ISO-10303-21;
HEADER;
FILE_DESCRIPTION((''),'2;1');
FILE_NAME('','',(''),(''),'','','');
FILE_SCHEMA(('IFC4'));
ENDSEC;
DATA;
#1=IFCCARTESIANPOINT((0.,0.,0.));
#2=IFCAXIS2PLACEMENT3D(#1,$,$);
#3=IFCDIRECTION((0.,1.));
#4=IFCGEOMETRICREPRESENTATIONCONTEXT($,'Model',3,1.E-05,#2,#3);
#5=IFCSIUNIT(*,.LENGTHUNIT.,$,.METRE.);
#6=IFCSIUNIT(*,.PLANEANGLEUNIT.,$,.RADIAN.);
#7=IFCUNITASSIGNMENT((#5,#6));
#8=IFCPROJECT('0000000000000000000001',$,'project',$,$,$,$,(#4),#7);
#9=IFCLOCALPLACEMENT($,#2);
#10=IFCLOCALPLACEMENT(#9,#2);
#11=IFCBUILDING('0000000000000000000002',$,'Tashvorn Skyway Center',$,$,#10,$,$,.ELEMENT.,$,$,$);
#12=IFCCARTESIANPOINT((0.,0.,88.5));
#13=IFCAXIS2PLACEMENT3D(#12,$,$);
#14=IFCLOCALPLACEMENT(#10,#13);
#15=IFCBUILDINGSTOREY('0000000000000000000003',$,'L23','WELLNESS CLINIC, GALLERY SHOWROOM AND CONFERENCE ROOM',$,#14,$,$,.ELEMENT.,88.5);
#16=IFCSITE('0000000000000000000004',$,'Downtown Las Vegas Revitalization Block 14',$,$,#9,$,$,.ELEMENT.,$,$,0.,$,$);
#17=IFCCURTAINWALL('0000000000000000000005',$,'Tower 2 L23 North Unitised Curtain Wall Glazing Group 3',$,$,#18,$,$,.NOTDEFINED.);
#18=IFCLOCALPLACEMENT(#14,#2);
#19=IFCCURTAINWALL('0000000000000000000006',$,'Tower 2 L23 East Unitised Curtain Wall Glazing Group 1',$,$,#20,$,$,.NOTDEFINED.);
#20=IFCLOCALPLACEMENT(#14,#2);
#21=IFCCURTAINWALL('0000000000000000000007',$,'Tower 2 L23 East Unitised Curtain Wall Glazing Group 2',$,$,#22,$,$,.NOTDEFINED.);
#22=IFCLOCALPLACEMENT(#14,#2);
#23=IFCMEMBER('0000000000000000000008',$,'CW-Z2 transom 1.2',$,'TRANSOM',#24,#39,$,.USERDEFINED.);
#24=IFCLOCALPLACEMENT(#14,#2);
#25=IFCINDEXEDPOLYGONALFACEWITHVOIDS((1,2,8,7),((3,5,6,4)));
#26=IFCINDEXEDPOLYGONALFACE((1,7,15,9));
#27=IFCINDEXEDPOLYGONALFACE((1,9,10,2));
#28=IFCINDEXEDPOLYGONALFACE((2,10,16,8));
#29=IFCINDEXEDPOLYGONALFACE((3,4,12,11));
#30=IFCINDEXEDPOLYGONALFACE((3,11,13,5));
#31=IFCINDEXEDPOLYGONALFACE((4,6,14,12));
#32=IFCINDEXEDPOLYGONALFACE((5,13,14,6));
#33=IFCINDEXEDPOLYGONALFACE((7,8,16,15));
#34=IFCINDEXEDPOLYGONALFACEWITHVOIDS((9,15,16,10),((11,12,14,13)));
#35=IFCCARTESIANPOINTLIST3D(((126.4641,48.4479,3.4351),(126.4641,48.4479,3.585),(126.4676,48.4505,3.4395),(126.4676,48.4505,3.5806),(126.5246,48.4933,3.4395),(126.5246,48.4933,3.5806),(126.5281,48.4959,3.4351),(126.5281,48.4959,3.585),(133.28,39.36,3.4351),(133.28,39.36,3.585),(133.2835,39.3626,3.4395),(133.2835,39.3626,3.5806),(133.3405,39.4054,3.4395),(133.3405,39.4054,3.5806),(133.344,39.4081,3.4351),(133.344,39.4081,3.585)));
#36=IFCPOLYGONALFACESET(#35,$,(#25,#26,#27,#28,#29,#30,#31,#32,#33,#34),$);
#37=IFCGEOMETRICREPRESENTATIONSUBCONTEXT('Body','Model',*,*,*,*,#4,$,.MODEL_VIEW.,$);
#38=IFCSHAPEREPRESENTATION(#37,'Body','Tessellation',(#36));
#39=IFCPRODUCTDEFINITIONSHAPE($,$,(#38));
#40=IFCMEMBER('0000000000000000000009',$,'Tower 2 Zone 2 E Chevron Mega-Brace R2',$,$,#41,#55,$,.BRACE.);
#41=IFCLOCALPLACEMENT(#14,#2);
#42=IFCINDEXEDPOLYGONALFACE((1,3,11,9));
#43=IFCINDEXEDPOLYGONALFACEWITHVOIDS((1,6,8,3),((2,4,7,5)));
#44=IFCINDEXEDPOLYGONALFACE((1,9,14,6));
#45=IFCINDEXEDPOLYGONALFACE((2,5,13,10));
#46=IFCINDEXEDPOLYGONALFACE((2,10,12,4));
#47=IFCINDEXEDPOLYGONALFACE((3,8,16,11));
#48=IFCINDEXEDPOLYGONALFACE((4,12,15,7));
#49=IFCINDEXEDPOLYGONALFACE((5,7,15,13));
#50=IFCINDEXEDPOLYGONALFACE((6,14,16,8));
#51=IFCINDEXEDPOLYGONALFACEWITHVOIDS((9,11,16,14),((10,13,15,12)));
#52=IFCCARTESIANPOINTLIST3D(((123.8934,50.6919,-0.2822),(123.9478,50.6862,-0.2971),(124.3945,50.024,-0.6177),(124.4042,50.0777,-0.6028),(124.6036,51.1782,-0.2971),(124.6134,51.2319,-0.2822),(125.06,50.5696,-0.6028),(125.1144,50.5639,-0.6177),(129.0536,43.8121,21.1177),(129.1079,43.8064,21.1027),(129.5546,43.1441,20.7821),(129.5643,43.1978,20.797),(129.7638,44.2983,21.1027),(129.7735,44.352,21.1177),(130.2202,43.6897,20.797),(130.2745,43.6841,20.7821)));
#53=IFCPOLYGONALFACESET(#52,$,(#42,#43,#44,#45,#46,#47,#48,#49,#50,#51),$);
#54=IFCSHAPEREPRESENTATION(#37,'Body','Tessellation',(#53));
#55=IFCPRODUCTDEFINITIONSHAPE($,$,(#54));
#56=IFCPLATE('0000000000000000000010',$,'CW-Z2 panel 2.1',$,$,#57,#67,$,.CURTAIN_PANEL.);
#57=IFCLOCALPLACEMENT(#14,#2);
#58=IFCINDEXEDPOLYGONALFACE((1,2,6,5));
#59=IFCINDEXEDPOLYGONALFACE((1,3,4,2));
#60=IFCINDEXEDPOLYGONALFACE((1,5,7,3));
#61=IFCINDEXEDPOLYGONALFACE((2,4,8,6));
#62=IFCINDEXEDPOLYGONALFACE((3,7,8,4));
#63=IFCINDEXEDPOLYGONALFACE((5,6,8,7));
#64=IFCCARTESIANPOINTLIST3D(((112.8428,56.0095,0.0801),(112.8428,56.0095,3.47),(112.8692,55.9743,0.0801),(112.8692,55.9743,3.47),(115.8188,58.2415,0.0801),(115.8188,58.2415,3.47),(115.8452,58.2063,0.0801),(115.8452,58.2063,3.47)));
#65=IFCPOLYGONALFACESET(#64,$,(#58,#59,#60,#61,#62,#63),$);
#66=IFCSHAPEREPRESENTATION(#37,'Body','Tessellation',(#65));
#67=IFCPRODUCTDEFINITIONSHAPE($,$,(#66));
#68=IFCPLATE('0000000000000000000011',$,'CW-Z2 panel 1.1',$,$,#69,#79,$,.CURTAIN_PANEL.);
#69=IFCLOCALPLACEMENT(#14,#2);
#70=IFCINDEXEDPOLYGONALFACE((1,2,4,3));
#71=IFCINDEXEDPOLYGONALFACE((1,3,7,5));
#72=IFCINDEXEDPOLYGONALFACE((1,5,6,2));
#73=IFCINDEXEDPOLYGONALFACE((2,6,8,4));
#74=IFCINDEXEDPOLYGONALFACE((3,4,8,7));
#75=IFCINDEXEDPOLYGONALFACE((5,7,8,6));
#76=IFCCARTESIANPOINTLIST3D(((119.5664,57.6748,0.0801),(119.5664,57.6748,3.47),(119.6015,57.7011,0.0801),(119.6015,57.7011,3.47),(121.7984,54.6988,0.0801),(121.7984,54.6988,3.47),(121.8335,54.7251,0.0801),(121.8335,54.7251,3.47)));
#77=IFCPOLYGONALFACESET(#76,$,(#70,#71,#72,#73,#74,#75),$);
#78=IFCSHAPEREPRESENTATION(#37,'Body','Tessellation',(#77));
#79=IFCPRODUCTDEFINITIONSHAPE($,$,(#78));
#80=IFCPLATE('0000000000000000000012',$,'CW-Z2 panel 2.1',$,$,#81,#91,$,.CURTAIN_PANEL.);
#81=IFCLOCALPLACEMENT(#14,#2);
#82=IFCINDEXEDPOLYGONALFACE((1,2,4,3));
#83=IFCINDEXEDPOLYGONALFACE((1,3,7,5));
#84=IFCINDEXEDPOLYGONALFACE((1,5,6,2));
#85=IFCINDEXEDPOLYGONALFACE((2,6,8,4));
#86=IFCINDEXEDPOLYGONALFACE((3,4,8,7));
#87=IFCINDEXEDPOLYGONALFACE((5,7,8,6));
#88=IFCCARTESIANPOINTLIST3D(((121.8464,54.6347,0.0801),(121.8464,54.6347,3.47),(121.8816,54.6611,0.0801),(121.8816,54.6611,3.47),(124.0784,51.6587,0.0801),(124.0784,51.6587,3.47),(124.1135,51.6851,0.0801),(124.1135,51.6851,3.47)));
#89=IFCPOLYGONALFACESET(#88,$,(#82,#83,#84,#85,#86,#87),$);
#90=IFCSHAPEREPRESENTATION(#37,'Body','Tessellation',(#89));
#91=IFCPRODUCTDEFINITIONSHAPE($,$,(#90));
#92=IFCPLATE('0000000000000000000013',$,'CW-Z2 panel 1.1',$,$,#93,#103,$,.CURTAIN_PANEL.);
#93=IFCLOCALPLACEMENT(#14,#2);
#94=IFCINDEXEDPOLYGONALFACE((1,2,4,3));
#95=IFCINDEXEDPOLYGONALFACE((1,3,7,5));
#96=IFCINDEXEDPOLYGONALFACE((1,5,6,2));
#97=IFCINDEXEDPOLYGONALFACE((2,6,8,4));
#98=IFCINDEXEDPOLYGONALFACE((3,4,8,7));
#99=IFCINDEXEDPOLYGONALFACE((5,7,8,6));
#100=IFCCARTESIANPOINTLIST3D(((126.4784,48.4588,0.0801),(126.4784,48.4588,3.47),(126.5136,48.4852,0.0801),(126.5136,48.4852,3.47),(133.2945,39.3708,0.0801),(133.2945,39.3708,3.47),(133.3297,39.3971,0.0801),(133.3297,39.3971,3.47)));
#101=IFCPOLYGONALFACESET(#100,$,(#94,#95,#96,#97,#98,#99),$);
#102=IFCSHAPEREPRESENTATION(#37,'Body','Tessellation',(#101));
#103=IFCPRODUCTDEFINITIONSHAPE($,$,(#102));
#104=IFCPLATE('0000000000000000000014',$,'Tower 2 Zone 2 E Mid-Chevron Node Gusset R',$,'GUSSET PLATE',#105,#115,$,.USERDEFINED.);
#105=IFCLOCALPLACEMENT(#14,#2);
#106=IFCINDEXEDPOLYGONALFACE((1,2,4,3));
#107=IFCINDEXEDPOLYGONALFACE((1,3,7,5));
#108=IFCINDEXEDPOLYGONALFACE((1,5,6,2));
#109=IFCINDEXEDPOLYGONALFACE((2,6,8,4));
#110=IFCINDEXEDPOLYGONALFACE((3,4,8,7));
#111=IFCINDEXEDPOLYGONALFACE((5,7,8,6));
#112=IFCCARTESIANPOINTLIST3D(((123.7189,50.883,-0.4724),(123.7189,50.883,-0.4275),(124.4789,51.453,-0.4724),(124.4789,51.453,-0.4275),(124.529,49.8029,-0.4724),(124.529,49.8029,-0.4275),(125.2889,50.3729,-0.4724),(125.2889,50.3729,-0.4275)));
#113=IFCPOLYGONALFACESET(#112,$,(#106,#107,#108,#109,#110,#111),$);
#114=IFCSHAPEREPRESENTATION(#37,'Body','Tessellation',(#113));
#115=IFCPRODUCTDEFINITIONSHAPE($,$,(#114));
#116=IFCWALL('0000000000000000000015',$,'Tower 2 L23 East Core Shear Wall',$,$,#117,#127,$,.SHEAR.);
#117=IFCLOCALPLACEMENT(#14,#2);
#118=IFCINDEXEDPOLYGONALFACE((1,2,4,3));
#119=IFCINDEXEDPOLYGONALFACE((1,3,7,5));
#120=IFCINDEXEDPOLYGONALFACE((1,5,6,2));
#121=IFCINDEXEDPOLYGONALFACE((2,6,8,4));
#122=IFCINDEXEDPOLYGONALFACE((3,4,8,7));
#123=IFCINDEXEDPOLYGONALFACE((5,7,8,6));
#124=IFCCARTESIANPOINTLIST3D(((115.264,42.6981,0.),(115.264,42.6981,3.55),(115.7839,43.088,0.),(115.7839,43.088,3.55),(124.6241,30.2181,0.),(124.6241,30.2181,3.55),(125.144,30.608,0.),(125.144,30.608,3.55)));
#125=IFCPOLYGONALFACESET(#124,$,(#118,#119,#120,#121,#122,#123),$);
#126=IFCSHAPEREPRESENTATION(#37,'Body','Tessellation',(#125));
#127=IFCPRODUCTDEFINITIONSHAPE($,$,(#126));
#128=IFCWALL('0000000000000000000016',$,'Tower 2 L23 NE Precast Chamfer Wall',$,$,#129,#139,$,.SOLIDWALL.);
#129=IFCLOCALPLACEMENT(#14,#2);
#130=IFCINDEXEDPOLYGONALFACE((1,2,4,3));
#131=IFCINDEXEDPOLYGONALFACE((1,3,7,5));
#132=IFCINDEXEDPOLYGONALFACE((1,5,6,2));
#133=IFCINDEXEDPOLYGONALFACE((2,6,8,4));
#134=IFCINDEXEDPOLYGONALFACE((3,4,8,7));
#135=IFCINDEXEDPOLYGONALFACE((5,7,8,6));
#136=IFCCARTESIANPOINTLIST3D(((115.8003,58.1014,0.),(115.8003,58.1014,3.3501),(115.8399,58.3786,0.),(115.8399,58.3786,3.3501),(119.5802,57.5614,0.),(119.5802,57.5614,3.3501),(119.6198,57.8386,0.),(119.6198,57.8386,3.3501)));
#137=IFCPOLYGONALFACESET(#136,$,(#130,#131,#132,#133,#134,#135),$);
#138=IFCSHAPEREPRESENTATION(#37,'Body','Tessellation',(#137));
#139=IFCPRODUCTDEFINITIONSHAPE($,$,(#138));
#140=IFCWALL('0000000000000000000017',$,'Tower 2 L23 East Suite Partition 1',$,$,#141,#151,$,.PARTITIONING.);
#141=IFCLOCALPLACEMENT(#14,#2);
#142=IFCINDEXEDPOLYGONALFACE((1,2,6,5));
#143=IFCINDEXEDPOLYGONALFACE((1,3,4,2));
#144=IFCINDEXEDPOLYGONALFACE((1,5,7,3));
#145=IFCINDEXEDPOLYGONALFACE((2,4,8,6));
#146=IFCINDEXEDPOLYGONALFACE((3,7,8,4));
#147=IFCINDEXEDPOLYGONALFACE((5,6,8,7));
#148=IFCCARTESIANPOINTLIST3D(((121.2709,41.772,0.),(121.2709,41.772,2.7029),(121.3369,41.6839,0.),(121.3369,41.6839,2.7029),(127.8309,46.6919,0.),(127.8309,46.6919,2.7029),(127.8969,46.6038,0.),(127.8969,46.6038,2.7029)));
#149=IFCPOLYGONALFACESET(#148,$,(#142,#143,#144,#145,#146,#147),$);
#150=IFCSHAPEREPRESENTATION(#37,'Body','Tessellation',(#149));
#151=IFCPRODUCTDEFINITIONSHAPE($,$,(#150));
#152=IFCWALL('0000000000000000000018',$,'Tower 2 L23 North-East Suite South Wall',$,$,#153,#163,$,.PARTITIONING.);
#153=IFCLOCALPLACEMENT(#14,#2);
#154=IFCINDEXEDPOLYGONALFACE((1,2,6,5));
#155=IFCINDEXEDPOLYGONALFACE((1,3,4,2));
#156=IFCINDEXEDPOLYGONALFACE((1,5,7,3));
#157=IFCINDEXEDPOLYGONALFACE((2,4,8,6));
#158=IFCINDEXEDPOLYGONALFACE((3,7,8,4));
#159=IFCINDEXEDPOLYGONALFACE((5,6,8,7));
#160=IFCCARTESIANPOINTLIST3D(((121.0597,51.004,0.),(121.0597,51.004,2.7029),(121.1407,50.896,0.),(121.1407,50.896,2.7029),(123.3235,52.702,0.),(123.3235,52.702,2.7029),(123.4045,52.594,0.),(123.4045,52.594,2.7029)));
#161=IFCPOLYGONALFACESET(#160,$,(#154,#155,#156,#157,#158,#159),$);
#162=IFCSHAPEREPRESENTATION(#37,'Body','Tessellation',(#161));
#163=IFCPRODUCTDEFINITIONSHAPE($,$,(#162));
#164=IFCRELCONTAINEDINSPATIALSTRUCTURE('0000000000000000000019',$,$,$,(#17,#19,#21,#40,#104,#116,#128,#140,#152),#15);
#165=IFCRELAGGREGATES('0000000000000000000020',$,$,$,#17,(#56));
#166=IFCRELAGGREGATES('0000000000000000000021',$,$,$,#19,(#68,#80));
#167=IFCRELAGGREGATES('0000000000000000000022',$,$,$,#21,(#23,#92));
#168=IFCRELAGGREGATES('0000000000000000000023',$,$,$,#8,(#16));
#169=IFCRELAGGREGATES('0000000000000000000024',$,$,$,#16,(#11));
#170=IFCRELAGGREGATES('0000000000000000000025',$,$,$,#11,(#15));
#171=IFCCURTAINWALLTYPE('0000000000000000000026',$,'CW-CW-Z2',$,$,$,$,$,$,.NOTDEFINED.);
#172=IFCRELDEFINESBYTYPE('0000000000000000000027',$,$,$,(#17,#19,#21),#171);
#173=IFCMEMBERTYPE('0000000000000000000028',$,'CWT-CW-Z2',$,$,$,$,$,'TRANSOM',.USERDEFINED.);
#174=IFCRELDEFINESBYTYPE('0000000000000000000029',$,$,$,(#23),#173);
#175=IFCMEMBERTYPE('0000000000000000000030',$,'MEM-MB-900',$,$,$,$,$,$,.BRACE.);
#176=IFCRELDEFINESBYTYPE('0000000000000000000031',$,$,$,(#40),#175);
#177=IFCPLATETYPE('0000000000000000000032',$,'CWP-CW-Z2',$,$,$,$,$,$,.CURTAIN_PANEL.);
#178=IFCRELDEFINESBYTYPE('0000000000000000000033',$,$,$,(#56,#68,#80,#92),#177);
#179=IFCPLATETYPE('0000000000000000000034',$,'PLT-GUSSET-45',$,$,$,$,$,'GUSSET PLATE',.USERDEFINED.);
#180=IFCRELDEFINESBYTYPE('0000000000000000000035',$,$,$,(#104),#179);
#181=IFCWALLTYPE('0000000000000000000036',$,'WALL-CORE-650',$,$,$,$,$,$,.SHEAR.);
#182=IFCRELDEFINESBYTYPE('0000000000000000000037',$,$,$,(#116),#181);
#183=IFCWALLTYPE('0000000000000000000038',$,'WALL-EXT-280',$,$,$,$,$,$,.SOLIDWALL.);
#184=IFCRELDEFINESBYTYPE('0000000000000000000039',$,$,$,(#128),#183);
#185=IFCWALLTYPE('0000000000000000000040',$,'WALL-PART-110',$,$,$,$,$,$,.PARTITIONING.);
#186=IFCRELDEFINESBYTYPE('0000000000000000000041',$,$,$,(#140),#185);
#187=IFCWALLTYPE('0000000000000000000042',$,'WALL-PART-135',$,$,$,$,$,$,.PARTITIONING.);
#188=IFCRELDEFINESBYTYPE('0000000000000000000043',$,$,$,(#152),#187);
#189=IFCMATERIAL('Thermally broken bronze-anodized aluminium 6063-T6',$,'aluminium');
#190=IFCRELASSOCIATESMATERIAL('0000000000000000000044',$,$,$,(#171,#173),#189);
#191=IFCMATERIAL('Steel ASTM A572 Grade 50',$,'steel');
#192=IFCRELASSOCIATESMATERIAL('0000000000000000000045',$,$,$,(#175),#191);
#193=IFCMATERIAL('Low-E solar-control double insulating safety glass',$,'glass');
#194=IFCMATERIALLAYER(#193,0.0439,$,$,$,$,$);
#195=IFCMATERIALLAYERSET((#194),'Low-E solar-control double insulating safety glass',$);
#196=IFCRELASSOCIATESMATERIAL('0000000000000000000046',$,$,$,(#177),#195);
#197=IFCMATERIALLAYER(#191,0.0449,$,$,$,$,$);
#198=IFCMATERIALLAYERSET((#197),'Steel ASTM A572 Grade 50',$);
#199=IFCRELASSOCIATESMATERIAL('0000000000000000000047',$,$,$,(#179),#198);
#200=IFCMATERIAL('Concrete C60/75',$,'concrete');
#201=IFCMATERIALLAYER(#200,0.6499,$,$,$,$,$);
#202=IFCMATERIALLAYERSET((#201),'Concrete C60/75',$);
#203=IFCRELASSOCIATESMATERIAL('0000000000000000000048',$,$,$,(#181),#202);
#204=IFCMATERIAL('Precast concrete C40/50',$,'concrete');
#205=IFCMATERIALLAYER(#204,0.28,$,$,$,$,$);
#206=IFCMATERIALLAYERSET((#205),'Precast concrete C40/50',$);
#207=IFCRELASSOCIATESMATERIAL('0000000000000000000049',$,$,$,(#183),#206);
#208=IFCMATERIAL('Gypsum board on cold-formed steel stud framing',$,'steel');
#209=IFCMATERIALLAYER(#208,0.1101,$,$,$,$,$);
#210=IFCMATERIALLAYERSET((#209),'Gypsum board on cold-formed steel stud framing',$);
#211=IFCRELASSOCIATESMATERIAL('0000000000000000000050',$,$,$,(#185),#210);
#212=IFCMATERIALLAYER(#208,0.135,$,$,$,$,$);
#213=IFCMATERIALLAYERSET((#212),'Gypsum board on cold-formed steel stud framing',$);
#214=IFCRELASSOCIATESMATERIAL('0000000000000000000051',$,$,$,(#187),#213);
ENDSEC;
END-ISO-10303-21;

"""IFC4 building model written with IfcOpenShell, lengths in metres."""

from ifc_helpers import new_model, si_unit, direction, frame, frame_2d, origin, origin_2d, place, context, subcontext, project, spatial, rectangle, hollow_rectangle, extrude, material, layer, layer_set, material_profile, profile_set, type_object, element, aggregate, save


model = new_model("IFC4")

# Units and contexts
model_context = context("Model", 3, precision=1e-05, world=origin(), true_north=direction((0.0, 1.0)))
body_context = subcontext(model_context, "Body", "Model", "MODEL_VIEW")
ifc_project = project(units=[si_unit("LENGTHUNIT", "METRE"), si_unit("PLANEANGLEUNIT", "RADIAN")], contexts=[model_context])

# Site, building, storey
site_placement = place(None, origin())
site = spatial("IfcSite", under=ifc_project, at=site_placement, Name="Downtown Las Vegas Revitalization Block 14", CompositionType="ELEMENT", RefElevation=0.0)
building_placement = place(site_placement, origin())
building = spatial("IfcBuilding", under=site, at=building_placement, Name="Tashvorn Skyway Center", CompositionType="ELEMENT")
storey_placement = place(building_placement, frame((0.0, 0.0, 88.5)))
storey = spatial("IfcBuildingStorey", under=building, at=storey_placement, Name="L23", Description="WELLNESS CLINIC, GALLERY SHOWROOM AND CONFERENCE ROOM", CompositionType="ELEMENT", Elevation=88.5)

# Shared definitions
ifc_material_1 = material(Name="Steel ASTM A572 Grade 50", Category="steel")

# Curtain walls
ifc_material_2 = material(Name="Thermally broken bronze-anodized aluminium 6063-T6", Category="aluminium")
curtain_wall_type = type_object("IfcCurtainWallType", Name="CW-CW-Z2", PredefinedType="NOTDEFINED", material=ifc_material_2)
curtain_wall_1_placement = place(storey_placement, origin())
curtain_wall_1 = element("IfcCurtainWall", 1, at=curtain_wall_1_placement, inside=storey, type_object=curtain_wall_type, Name="Tower 2 L23 North Unitised Curtain Wall Glazing Group 3", PredefinedType="NOTDEFINED")
curtain_wall_2_placement = place(storey_placement, origin())
curtain_wall_2 = element("IfcCurtainWall", 2, at=curtain_wall_2_placement, inside=storey, type_object=curtain_wall_type, Name="Tower 2 L23 East Unitised Curtain Wall Glazing Group 1", PredefinedType="NOTDEFINED")

# Curtain wall
curtain_wall_3_placement = place(storey_placement, origin())
curtain_wall_3 = element("IfcCurtainWall", 3, at=curtain_wall_3_placement, inside=storey, type_object=curtain_wall_type, Name="Tower 2 L23 East Unitised Curtain Wall Glazing Group 2", PredefinedType="NOTDEFINED")

# Members
ifc_material_profile_1 = material_profile(ifc_material_2, hollow_rectangle(XDim=0.0801, YDim=0.1499, WallThickness=0.0044, at=origin_2d()), Name="ALU-TRAN-80x150")
ifc_profile_set_1 = profile_set([ifc_material_profile_1], Name="Thermally broken bronze-anodized aluminium 6063-T6")
member_type_1 = type_object("IfcMemberType", Name="CWT-CW-Z2", ElementType="TRANSOM", PredefinedType="USERDEFINED", material=ifc_profile_set_1)
member_1_placement = place(storey_placement, frame((126.4961, 48.4719, 3.51), z_axis=(0.6, -0.8, 0.0), x_axis=(0.8, 0.6, 0.0)))
member_1 = element("IfcMember", 4, at=member_1_placement, type_object=member_type_1, Name="CW-Z2 transom 1.2", ObjectType="TRANSOM", PredefinedType="USERDEFINED", context=body_context, shape_type="SweptSolid", body=[
    extrude(hollow_rectangle(XDim=0.0801, YDim=0.1499, WallThickness=0.0044, at=origin_2d()), origin(), (0.0, 0.0, 1.0), 11.3599),
])
ifc_material_profile_2 = material_profile(ifc_material_1, hollow_rectangle(XDim=0.8999, YDim=0.8999, WallThickness=0.04, at=origin_2d()), Name="BOX900x900x40")
ifc_profile_set_2 = profile_set([ifc_material_profile_2], Name="Steel ASTM A572 Grade 50")
member_type_2 = type_object("IfcMemberType", Name="MEM-MB-900", PredefinedType="BRACE", material=ifc_profile_set_2)
member_2_placement = place(storey_placement, frame((124.5039, 50.6279, -0.45), z_axis=(0.223739, -0.298304, 0.927877), x_axis=(0.799986, 0.600018, 0.0)))
element("IfcMember", 5, at=member_2_placement, inside=storey, type_object=member_type_2, Name="Tower 2 Zone 2 E Chevron Mega-Brace R2", PredefinedType="BRACE", context=body_context, shape_type="SweptSolid", body=[
    extrude(hollow_rectangle(XDim=0.8999, YDim=0.8999, WallThickness=0.04, at=origin_2d()), origin(), (0.0, 0.0, 1.0), 23.0632),
])

# Plates
ifc_material_3 = material(Name="Low-E solar-control double insulating safety glass", Category="glass")
ifc_layer_1 = layer(ifc_material_3, 0.0439)
ifc_layer_set_1 = layer_set([ifc_layer_1], Name="Low-E solar-control double insulating safety glass")
plate_type_1 = type_object("IfcPlateType", Name="CWP-CW-Z2", PredefinedType="CURTAIN_PANEL", material=ifc_layer_set_1)
plate_1_placement = place(storey_placement, frame((114.344, 57.1079, 0.0801), z_axis=(0.0, 0.0, 1.0), x_axis=(0.8, 0.6, 0.0)))
plate_1 = element("IfcPlate", 6, at=plate_1_placement, type_object=plate_type_1, Name="CW-Z2 panel 2.1", PredefinedType="CURTAIN_PANEL", context=body_context, shape_type="SweptSolid", body=[
    extrude(rectangle(XDim=3.72, YDim=0.0439, at=origin_2d()), origin(), (0.0, 0.0, 1.0), 3.3899),
])
aggregate(curtain_wall_1, [plate_1])
plate_2_placement = place(storey_placement, frame((120.7, 56.2, 0.0801), z_axis=(0.0, 0.0, 1.0), x_axis=(0.6, -0.8, 0.0)))
plate_2 = element("IfcPlate", 7, at=plate_2_placement, type_object=plate_type_1, Name="CW-Z2 panel 1.1", PredefinedType="CURTAIN_PANEL", context=body_context, shape_type="SweptSolid", body=[
    extrude(rectangle(XDim=3.72, YDim=0.0439, at=origin_2d()), origin(), (0.0, 0.0, 1.0), 3.3899),
])
plate_3_placement = place(storey_placement, frame((122.98, 53.1599, 0.0801), z_axis=(0.0, 0.0, 1.0), x_axis=(0.6, -0.8, 0.0)))
plate_3 = element("IfcPlate", 8, at=plate_3_placement, type_object=plate_type_1, Name="CW-Z2 panel 2.1", PredefinedType="CURTAIN_PANEL", context=body_context, shape_type="SweptSolid", body=[
    extrude(rectangle(XDim=3.72, YDim=0.0439, at=origin_2d()), origin(), (0.0, 0.0, 1.0), 3.3899),
])
aggregate(curtain_wall_2, [plate_2, plate_3])
plate_4_placement = place(storey_placement, frame((129.9041, 43.928, 0.0801), z_axis=(0.0, 0.0, 1.0), x_axis=(0.6, -0.8, 0.0)))
plate_4 = element("IfcPlate", 9, at=plate_4_placement, type_object=plate_type_1, Name="CW-Z2 panel 1.1", PredefinedType="CURTAIN_PANEL", context=body_context, shape_type="SweptSolid", body=[
    extrude(rectangle(XDim=11.3601, YDim=0.0439, at=origin_2d()), origin(), (0.0, 0.0, 1.0), 3.3899),
])
aggregate(curtain_wall_3, [member_1, plate_4])
ifc_layer_2 = layer(ifc_material_1, 0.0449)
ifc_layer_set_2 = layer_set([ifc_layer_2], Name="Steel ASTM A572 Grade 50")
plate_type_2 = type_object("IfcPlateType", Name="PLT-GUSSET-45", ElementType="GUSSET PLATE", PredefinedType="USERDEFINED", material=ifc_layer_set_2)
plate_5_placement = place(storey_placement, frame((124.5039, 50.6279, -0.4724), z_axis=(0.0, 0.0, 1.0), x_axis=(-0.6, 0.8, 0.0)))
element("IfcPlate", 10, at=plate_5_placement, inside=storey, type_object=plate_type_2, Name="Tower 2 Zone 2 E Mid-Chevron Node Gusset R", ObjectType="GUSSET PLATE", PredefinedType="USERDEFINED", context=body_context, shape_type="SweptSolid", body=[
    extrude(rectangle(XDim=1.3501, YDim=0.95, at=origin_2d()), origin(), (0.0, 0.0, 1.0), 0.0449),
])

# Walls
ifc_material_4 = material(Name="Concrete C60/75", Category="concrete")
ifc_layer_3 = layer(ifc_material_4, 0.6499)
ifc_layer_set_3 = layer_set([ifc_layer_3], Name="Concrete C60/75")
wall_type_1 = type_object("IfcWallType", Name="WALL-CORE-650", PredefinedType="SHEAR", material=ifc_layer_set_3)
wall_1_placement = place(storey_placement, frame((115.5239, 42.8931, 0.0), z_axis=(0.0, 0.0, 1.0), x_axis=(0.600005, -0.799996, 0.0)))
element("IfcWall", 11, at=wall_1_placement, inside=storey, type_object=wall_type_1, Name="Tower 2 L23 East Core Shear Wall", PredefinedType="SHEAR", context=body_context, shape_type="SweptSolid", body=[
    extrude(rectangle(XDim=15.6001, YDim=0.6499, at=frame_2d((7.8, 0.0))), origin(), (0.0, 0.0, 1.0), 3.55),
])
ifc_material_5 = material(Name="Precast concrete C40/50", Category="concrete")
ifc_layer_4 = layer(ifc_material_5, 0.28)
ifc_layer_set_4 = layer_set([ifc_layer_4], Name="Precast concrete C40/50")
wall_type_2 = type_object("IfcWallType", Name="WALL-EXT-280", PredefinedType="SOLIDWALL", material=ifc_layer_set_4)
wall_2_placement = place(storey_placement, frame((115.8201, 58.24, 0.0), z_axis=(0.0, 0.0, 1.0), x_axis=(0.989948, -0.14143, 0.0)))
element("IfcWall", 12, at=wall_2_placement, inside=storey, type_object=wall_type_2, Name="Tower 2 L23 NE Precast Chamfer Wall", PredefinedType="SOLIDWALL", context=body_context, shape_type="SweptSolid", body=[
    extrude(rectangle(XDim=3.8184, YDim=0.28, at=frame_2d((1.9092, 0.0))), origin(), (0.0, 0.0, 1.0), 3.3501),
])
ifc_material_6 = material(Name="Gypsum board on cold-formed steel stud framing", Category="steel")
ifc_layer_5 = layer(ifc_material_6, 0.1101)
ifc_layer_set_5 = layer_set([ifc_layer_5], Name="Gypsum board on cold-formed steel stud framing")
wall_type_3 = type_object("IfcWallType", Name="WALL-PART-110", PredefinedType="PARTITIONING", material=ifc_layer_set_5)
wall_3_placement = place(storey_placement, frame((127.864, 46.6479, 0.0), z_axis=(0.0, 0.0, 1.0), x_axis=(-0.800007, -0.59999, 0.0)))
element("IfcWall", 13, at=wall_3_placement, inside=storey, type_object=wall_type_3, Name="Tower 2 L23 East Suite Partition 1", PredefinedType="PARTITIONING", context=body_context, shape_type="SweptSolid", body=[
    extrude(rectangle(XDim=8.2, YDim=0.1101, at=frame_2d((4.1001, 0.0))), origin(), (0.0, 0.0, 1.0), 2.7029),
])
ifc_layer_6 = layer(ifc_material_6, 0.135)
ifc_layer_set_6 = layer_set([ifc_layer_6], Name="Gypsum board on cold-formed steel stud framing")
wall_type_4 = type_object("IfcWallType", Name="WALL-PART-135", PredefinedType="PARTITIONING", material=ifc_layer_set_6)
wall_4_placement = place(storey_placement, frame((121.1001, 50.95, 0.0), z_axis=(0.0, 0.0, 1.0), x_axis=(0.79999, 0.600014, 0.0)))
element("IfcWall", 14, at=wall_4_placement, inside=storey, type_object=wall_type_4, Name="Tower 2 L23 North-East Suite South Wall", PredefinedType="PARTITIONING", context=body_context, shape_type="SweptSolid", body=[
    extrude(rectangle(XDim=2.8298, YDim=0.135, at=frame_2d((1.415, 0.0))), origin(), (0.0, 0.0, 1.0), 2.7029),
])

save(model, "model.ifc")
